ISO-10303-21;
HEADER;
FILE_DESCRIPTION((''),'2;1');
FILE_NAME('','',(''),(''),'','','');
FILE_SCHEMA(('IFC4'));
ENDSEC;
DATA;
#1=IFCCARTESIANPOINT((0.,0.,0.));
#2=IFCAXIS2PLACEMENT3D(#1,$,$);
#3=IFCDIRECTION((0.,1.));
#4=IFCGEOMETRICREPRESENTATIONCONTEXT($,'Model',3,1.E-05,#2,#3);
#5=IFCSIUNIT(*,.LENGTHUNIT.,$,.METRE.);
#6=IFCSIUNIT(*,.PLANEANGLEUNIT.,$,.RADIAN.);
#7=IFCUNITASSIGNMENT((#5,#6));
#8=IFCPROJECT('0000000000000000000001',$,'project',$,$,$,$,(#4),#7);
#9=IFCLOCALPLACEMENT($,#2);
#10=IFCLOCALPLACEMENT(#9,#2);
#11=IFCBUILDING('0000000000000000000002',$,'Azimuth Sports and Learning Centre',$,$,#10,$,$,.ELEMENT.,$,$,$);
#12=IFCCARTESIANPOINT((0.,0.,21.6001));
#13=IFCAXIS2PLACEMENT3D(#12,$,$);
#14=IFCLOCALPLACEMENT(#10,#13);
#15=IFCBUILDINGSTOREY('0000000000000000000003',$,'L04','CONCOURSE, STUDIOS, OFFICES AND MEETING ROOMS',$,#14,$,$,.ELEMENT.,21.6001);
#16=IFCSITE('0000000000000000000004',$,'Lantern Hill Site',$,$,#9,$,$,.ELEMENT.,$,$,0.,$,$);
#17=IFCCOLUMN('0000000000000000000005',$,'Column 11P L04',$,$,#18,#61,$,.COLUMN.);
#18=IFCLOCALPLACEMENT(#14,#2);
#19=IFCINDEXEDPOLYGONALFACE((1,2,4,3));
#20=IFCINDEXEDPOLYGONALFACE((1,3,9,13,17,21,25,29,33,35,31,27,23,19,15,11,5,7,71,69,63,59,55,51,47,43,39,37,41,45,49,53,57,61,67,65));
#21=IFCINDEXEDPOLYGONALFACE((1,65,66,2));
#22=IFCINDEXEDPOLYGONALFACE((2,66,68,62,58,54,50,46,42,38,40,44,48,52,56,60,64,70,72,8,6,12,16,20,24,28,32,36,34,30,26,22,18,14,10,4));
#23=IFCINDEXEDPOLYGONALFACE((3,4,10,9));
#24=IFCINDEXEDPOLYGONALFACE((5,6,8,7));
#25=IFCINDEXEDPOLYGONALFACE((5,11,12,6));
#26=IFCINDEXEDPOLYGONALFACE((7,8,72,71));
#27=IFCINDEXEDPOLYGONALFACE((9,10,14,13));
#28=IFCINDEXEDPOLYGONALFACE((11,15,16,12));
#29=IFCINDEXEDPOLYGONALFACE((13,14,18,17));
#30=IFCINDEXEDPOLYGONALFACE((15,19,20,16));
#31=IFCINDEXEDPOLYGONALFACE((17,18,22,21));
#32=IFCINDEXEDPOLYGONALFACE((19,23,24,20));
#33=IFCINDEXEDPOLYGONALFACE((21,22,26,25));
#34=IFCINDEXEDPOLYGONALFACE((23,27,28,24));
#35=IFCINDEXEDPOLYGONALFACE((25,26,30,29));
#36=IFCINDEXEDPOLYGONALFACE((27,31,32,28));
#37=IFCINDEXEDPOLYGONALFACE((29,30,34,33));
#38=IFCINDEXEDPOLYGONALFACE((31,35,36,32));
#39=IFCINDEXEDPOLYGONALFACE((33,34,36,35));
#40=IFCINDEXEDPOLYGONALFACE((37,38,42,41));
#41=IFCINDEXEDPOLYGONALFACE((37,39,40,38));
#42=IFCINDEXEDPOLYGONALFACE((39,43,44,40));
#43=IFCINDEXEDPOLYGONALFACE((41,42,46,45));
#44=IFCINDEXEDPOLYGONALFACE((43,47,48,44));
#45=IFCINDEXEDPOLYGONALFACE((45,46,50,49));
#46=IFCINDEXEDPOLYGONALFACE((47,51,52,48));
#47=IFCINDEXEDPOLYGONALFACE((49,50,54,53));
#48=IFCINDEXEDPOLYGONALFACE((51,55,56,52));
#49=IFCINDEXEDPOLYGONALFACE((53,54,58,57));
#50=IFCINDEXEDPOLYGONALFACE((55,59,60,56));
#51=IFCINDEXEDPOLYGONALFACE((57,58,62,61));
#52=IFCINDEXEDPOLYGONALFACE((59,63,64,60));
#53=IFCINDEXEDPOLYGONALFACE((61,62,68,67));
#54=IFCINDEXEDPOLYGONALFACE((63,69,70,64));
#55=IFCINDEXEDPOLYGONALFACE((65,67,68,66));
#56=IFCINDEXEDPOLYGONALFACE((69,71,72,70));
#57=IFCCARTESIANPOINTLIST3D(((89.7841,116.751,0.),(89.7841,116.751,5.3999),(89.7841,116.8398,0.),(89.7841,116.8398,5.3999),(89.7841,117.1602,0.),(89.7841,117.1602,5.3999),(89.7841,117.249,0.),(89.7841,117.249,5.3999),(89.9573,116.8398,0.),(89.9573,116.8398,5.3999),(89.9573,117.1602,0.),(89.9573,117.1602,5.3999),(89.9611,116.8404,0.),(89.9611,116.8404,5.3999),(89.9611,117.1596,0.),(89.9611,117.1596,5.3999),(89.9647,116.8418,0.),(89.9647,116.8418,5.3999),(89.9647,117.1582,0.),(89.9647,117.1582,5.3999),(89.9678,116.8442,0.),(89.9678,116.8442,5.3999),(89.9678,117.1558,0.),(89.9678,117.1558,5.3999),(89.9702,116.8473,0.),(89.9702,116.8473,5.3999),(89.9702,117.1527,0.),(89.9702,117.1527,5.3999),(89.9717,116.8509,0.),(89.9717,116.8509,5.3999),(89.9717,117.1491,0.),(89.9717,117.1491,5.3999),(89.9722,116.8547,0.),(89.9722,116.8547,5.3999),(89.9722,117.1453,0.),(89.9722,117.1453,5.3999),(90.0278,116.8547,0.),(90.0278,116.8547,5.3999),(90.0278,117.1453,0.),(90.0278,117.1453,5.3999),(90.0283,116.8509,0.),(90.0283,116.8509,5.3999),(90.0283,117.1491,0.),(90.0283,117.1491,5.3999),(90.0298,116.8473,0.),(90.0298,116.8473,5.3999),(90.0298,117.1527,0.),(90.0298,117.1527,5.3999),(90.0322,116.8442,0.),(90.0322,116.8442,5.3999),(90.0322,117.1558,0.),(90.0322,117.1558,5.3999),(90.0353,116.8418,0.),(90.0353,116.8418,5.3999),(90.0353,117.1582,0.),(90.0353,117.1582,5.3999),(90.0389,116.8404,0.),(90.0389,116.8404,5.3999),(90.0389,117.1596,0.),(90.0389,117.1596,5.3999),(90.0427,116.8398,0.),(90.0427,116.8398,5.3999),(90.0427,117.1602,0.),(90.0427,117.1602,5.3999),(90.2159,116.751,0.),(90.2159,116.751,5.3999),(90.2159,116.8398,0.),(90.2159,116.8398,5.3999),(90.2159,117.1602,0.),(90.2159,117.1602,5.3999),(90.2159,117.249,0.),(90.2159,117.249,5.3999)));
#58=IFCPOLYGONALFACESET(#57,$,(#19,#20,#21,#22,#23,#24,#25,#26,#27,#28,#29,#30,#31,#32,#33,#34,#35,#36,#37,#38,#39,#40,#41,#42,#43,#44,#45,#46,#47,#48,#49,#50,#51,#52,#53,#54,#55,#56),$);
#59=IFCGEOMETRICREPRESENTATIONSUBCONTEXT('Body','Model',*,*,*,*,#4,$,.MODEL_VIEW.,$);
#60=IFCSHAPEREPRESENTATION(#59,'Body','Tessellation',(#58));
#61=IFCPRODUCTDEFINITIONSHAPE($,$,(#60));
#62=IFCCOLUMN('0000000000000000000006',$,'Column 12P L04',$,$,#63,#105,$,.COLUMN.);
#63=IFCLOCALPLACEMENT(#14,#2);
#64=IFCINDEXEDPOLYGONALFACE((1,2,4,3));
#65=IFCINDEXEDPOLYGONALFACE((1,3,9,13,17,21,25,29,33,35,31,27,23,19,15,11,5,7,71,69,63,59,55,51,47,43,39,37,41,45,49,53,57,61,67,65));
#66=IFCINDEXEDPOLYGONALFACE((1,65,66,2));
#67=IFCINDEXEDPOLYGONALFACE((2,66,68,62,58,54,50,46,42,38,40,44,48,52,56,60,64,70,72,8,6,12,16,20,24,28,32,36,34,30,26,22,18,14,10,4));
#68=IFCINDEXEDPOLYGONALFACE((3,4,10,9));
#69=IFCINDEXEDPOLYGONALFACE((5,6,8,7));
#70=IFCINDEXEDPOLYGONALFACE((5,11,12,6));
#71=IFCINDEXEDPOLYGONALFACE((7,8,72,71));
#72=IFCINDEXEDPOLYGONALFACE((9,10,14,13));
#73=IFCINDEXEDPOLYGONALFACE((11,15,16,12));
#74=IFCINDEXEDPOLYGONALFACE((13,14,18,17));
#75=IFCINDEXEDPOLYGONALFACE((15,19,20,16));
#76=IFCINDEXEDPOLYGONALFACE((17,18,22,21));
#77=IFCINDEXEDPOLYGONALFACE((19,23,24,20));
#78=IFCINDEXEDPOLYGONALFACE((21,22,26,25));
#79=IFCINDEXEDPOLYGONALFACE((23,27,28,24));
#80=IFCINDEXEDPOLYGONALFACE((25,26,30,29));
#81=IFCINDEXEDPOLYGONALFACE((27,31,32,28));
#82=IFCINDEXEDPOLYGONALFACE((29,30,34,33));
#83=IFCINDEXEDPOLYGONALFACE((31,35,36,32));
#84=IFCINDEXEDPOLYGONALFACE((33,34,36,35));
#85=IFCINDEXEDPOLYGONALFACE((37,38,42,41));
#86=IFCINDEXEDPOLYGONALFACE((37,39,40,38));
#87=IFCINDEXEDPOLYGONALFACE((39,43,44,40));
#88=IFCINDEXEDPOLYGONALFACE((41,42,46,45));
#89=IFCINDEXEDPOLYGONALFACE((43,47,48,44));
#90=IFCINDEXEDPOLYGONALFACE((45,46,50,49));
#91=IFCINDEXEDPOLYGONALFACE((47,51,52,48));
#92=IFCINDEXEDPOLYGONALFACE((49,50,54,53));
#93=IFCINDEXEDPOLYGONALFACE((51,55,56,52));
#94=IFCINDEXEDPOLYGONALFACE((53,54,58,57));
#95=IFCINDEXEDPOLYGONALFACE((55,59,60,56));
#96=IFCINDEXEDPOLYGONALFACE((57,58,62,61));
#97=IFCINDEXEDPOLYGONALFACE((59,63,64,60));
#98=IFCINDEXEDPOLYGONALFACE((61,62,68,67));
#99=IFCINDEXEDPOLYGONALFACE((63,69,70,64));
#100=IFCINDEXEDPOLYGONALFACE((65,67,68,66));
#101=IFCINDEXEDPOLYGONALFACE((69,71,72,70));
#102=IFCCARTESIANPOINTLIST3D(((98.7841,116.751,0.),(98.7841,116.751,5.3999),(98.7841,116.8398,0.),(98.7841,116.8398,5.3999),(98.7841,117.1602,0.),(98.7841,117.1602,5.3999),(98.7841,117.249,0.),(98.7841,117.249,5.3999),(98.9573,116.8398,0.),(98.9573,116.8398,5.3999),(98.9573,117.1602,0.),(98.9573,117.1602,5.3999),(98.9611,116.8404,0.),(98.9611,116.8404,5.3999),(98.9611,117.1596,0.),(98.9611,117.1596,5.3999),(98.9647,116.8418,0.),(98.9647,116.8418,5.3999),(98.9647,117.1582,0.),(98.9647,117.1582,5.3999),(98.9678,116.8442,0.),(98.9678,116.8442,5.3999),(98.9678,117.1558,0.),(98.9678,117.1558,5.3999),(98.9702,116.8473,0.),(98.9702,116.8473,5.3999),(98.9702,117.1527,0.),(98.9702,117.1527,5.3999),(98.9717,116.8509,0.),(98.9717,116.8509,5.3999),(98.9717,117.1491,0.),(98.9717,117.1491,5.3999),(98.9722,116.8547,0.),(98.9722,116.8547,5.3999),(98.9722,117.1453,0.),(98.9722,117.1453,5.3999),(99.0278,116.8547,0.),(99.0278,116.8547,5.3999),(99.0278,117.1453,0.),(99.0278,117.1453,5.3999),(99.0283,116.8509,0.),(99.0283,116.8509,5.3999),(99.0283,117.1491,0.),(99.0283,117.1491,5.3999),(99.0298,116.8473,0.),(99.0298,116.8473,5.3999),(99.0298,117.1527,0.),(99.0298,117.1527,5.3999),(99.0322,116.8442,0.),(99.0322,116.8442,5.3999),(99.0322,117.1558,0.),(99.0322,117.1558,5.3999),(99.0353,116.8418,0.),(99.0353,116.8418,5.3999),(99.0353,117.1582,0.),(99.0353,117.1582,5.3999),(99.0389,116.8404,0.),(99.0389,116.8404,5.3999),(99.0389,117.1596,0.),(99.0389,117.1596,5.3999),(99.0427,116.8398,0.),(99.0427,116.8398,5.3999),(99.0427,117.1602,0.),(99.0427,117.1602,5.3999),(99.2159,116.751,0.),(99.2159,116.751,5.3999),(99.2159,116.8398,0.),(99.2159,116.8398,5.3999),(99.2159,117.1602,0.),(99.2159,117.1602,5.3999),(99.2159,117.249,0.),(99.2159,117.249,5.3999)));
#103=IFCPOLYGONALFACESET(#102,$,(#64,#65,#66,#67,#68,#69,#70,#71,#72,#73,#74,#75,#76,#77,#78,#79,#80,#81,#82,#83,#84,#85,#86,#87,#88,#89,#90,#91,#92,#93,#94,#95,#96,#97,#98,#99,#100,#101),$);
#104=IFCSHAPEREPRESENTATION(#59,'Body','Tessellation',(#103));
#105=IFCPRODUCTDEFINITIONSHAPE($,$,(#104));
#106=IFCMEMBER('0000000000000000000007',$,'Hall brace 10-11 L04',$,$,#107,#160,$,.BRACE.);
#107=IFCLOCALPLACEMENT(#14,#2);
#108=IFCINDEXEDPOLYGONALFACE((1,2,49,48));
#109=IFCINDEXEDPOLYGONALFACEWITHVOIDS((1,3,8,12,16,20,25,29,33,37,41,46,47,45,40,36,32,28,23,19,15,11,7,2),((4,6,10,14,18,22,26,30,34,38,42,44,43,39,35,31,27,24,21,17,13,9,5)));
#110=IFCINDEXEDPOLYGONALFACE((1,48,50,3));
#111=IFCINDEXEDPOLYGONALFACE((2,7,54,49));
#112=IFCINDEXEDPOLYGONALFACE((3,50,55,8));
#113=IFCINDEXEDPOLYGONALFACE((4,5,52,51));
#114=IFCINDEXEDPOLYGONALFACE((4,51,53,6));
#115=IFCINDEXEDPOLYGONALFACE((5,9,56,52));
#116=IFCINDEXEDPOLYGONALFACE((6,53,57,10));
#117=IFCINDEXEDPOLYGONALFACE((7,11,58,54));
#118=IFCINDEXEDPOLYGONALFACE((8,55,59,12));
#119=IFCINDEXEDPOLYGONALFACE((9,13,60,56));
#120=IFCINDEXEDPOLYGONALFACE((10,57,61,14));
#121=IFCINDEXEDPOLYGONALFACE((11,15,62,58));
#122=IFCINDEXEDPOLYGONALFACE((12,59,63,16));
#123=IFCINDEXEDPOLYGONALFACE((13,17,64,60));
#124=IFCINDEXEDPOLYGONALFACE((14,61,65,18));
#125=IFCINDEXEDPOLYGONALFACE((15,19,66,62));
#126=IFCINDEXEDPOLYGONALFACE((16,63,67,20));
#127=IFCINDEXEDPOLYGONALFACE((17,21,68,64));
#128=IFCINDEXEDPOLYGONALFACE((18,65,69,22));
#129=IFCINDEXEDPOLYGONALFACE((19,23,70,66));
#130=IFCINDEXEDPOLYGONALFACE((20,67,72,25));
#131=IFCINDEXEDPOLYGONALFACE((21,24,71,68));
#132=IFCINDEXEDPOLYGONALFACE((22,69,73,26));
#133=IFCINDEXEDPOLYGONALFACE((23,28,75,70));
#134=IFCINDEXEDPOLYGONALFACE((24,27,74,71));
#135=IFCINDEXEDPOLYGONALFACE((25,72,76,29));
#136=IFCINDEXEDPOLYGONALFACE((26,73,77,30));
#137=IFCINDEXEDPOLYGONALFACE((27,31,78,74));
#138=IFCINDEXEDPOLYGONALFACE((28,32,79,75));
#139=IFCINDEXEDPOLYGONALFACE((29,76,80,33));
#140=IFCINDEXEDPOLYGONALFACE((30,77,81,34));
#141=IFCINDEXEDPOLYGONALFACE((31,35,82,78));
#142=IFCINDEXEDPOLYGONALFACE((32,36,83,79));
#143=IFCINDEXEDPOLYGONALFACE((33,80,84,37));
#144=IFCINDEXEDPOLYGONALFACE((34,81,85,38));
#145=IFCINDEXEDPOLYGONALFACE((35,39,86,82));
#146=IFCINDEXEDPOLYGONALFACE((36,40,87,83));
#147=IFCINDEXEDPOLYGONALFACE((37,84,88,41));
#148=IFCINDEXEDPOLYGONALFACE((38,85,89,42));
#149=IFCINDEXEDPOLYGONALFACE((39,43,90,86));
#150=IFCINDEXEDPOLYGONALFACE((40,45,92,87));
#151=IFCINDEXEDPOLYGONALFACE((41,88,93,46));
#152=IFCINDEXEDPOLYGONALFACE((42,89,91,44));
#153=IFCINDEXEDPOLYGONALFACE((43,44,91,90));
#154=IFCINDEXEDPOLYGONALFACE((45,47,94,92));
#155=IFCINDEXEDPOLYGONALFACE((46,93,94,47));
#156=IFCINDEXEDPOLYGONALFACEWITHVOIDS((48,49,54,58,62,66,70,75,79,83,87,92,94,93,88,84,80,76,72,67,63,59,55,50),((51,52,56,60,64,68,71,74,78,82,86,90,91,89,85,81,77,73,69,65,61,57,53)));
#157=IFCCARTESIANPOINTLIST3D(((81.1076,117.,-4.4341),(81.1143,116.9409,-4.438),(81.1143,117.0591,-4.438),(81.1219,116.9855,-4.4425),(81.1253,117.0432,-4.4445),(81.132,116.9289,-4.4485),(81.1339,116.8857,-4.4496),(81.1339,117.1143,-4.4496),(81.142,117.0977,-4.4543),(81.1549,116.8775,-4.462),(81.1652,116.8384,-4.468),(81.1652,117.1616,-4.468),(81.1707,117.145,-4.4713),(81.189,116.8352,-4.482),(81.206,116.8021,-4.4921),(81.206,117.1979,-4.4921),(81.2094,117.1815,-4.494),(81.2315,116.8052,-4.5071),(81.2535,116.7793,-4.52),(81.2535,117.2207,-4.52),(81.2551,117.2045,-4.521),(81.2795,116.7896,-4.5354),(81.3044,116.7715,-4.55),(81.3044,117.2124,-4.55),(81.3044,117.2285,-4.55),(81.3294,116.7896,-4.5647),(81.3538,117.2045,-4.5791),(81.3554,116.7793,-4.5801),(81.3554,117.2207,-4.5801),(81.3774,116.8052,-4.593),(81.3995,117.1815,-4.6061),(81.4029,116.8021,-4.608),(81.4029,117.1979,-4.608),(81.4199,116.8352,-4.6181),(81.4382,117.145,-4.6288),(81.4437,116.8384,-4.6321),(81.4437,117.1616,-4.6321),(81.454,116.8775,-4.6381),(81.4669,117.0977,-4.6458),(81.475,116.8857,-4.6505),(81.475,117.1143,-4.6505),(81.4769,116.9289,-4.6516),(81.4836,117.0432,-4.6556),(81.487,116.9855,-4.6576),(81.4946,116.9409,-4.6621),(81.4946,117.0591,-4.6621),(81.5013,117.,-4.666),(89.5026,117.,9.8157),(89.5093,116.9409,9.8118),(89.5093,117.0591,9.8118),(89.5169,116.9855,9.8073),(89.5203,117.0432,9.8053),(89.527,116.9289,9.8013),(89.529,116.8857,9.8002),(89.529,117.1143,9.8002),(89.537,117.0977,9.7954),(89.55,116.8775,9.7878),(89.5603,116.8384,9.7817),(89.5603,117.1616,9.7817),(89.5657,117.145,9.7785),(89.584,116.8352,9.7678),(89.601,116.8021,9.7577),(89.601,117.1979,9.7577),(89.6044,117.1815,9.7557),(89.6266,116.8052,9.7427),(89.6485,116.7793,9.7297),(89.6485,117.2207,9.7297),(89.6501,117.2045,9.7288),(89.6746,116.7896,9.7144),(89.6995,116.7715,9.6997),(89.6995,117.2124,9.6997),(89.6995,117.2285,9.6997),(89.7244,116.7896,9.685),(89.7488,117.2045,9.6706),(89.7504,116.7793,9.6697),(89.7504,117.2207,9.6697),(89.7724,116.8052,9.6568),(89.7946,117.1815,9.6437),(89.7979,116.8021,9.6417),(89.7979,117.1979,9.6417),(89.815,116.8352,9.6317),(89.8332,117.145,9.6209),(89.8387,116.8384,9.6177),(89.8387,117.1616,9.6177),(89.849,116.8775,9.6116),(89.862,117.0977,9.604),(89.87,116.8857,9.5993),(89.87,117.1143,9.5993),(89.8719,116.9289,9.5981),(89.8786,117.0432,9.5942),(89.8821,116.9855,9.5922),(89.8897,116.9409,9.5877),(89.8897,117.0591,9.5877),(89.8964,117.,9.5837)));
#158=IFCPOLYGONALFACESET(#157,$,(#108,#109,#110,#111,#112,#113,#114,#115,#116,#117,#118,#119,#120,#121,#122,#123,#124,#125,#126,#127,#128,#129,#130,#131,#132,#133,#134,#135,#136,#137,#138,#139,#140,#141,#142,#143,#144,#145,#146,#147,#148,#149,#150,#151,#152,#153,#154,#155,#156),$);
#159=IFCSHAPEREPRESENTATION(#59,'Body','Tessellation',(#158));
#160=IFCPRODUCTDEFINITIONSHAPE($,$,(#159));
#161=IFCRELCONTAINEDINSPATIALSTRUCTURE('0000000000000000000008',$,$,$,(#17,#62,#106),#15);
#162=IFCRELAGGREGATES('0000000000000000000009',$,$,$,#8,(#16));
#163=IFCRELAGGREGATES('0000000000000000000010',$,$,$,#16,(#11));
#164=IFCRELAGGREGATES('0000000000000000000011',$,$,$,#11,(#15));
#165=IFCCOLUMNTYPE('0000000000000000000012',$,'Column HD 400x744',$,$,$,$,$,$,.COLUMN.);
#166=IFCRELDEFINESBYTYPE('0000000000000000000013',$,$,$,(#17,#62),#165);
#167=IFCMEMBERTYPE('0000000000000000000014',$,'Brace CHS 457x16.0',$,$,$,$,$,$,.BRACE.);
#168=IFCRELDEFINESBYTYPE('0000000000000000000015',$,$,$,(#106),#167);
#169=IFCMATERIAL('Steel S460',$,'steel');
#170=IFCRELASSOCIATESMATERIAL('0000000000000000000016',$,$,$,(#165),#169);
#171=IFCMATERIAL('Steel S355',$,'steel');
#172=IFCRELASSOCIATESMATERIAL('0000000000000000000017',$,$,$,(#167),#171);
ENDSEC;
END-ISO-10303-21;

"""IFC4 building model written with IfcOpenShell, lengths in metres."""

from ifc_helpers import new_model, si_unit, direction, frame, origin, origin_2d, place, context, subcontext, project, spatial, hollow_circle, i_section, extrude, material, material_profile, profile_set, type_object, element, save


model = new_model("IFC4")

# Units and contexts
model_context = context("Model", 3, precision=1e-05, world=origin(), true_north=direction((0.0, 1.0)))
body_context = subcontext(model_context, "Body", "Model", "MODEL_VIEW")
ifc_project = project(units=[si_unit("LENGTHUNIT", "METRE"), si_unit("PLANEANGLEUNIT", "RADIAN")], contexts=[model_context])

# Site, building, storey
site_placement = place(None, origin())
site = spatial("IfcSite", under=ifc_project, at=site_placement, Name="Lantern Hill Site", CompositionType="ELEMENT", RefElevation=0.0)
building_placement = place(site_placement, origin())
building = spatial("IfcBuilding", under=site, at=building_placement, Name="Azimuth Sports and Learning Centre", CompositionType="ELEMENT")
storey_placement = place(building_placement, frame((0.0, 0.0, 21.6001)))
storey = spatial("IfcBuildingStorey", under=building, at=storey_placement, Name="L04", Description="CONCOURSE, STUDIOS, OFFICES AND MEETING ROOMS", CompositionType="ELEMENT", Elevation=21.6001)

# Columns
ifc_material_1 = material(Name="Steel S460", Category="steel")
ifc_material_profile_1 = material_profile(ifc_material_1, i_section(OverallWidth=0.4319, OverallDepth=0.498, WebThickness=0.0557, FlangeThickness=0.0889, FilletRadius=0.0149, at=origin_2d()), Name="HD 400x744")
ifc_profile_set_1 = profile_set([ifc_material_profile_1], Name="Steel S460")
column_type = type_object("IfcColumnType", Name="Column HD 400x744", PredefinedType="COLUMN", material=ifc_profile_set_1)
for number, where, z_axis, x_axis, name in (
    (1, (90.0, 117.0, 0.0), (0.0, 0.0, 1.0), (1.0, 0.0, 0.0), "Column 11P L04"),
    (2, (99.0, 117.0, 0.0), (0.0, 0.0, 1.0), (1.0, 0.0, 0.0), "Column 12P L04"),
):
    element("IfcColumn", number, at=place(storey_placement, frame(where, z_axis=z_axis, x_axis=x_axis)), inside=storey, type_object=column_type, Name=name, PredefinedType="COLUMN", context=body_context, shape_type="SweptSolid", body=[
        extrude(i_section(OverallWidth=0.4319, OverallDepth=0.498, WebThickness=0.0557, FlangeThickness=0.0889, FilletRadius=0.0149, at=origin_2d()), origin(), (0.0, 0.0, 1.0), 5.3999),
    ])

# Member
ifc_material_2 = material(Name="Steel S355", Category="steel")
ifc_material_profile_2 = material_profile(ifc_material_2, hollow_circle(Radius=0.2285, WallThickness=0.0161, at=origin_2d()), Name="CHS 457x16.0")
ifc_profile_set_2 = profile_set([ifc_material_profile_2], Name="Steel S355")
member_type_1 = type_object("IfcMemberType", Name="Brace CHS 457x16.0", PredefinedType="BRACE", material=ifc_profile_set_2)
for number, where, z_axis, x_axis, name in (
    (3, (81.3044, 117.0, -4.55), (0.507595, 0.0, 0.861596), (0.0, 1.0, 0.0), "Hall brace 10-11 L04"),
):
    element("IfcMember", number, at=place(storey_placement, frame(where, z_axis=z_axis, x_axis=x_axis)), inside=storey, type_object=member_type_1, Name=name, PredefinedType="BRACE", context=body_context, shape_type="SweptSolid", body=[
        extrude(hollow_circle(Radius=0.2285, WallThickness=0.0161, at=origin_2d()), origin(), (0.0, 0.0, 1.0), 16.5388),
    ])

save(model, "model.ifc")
